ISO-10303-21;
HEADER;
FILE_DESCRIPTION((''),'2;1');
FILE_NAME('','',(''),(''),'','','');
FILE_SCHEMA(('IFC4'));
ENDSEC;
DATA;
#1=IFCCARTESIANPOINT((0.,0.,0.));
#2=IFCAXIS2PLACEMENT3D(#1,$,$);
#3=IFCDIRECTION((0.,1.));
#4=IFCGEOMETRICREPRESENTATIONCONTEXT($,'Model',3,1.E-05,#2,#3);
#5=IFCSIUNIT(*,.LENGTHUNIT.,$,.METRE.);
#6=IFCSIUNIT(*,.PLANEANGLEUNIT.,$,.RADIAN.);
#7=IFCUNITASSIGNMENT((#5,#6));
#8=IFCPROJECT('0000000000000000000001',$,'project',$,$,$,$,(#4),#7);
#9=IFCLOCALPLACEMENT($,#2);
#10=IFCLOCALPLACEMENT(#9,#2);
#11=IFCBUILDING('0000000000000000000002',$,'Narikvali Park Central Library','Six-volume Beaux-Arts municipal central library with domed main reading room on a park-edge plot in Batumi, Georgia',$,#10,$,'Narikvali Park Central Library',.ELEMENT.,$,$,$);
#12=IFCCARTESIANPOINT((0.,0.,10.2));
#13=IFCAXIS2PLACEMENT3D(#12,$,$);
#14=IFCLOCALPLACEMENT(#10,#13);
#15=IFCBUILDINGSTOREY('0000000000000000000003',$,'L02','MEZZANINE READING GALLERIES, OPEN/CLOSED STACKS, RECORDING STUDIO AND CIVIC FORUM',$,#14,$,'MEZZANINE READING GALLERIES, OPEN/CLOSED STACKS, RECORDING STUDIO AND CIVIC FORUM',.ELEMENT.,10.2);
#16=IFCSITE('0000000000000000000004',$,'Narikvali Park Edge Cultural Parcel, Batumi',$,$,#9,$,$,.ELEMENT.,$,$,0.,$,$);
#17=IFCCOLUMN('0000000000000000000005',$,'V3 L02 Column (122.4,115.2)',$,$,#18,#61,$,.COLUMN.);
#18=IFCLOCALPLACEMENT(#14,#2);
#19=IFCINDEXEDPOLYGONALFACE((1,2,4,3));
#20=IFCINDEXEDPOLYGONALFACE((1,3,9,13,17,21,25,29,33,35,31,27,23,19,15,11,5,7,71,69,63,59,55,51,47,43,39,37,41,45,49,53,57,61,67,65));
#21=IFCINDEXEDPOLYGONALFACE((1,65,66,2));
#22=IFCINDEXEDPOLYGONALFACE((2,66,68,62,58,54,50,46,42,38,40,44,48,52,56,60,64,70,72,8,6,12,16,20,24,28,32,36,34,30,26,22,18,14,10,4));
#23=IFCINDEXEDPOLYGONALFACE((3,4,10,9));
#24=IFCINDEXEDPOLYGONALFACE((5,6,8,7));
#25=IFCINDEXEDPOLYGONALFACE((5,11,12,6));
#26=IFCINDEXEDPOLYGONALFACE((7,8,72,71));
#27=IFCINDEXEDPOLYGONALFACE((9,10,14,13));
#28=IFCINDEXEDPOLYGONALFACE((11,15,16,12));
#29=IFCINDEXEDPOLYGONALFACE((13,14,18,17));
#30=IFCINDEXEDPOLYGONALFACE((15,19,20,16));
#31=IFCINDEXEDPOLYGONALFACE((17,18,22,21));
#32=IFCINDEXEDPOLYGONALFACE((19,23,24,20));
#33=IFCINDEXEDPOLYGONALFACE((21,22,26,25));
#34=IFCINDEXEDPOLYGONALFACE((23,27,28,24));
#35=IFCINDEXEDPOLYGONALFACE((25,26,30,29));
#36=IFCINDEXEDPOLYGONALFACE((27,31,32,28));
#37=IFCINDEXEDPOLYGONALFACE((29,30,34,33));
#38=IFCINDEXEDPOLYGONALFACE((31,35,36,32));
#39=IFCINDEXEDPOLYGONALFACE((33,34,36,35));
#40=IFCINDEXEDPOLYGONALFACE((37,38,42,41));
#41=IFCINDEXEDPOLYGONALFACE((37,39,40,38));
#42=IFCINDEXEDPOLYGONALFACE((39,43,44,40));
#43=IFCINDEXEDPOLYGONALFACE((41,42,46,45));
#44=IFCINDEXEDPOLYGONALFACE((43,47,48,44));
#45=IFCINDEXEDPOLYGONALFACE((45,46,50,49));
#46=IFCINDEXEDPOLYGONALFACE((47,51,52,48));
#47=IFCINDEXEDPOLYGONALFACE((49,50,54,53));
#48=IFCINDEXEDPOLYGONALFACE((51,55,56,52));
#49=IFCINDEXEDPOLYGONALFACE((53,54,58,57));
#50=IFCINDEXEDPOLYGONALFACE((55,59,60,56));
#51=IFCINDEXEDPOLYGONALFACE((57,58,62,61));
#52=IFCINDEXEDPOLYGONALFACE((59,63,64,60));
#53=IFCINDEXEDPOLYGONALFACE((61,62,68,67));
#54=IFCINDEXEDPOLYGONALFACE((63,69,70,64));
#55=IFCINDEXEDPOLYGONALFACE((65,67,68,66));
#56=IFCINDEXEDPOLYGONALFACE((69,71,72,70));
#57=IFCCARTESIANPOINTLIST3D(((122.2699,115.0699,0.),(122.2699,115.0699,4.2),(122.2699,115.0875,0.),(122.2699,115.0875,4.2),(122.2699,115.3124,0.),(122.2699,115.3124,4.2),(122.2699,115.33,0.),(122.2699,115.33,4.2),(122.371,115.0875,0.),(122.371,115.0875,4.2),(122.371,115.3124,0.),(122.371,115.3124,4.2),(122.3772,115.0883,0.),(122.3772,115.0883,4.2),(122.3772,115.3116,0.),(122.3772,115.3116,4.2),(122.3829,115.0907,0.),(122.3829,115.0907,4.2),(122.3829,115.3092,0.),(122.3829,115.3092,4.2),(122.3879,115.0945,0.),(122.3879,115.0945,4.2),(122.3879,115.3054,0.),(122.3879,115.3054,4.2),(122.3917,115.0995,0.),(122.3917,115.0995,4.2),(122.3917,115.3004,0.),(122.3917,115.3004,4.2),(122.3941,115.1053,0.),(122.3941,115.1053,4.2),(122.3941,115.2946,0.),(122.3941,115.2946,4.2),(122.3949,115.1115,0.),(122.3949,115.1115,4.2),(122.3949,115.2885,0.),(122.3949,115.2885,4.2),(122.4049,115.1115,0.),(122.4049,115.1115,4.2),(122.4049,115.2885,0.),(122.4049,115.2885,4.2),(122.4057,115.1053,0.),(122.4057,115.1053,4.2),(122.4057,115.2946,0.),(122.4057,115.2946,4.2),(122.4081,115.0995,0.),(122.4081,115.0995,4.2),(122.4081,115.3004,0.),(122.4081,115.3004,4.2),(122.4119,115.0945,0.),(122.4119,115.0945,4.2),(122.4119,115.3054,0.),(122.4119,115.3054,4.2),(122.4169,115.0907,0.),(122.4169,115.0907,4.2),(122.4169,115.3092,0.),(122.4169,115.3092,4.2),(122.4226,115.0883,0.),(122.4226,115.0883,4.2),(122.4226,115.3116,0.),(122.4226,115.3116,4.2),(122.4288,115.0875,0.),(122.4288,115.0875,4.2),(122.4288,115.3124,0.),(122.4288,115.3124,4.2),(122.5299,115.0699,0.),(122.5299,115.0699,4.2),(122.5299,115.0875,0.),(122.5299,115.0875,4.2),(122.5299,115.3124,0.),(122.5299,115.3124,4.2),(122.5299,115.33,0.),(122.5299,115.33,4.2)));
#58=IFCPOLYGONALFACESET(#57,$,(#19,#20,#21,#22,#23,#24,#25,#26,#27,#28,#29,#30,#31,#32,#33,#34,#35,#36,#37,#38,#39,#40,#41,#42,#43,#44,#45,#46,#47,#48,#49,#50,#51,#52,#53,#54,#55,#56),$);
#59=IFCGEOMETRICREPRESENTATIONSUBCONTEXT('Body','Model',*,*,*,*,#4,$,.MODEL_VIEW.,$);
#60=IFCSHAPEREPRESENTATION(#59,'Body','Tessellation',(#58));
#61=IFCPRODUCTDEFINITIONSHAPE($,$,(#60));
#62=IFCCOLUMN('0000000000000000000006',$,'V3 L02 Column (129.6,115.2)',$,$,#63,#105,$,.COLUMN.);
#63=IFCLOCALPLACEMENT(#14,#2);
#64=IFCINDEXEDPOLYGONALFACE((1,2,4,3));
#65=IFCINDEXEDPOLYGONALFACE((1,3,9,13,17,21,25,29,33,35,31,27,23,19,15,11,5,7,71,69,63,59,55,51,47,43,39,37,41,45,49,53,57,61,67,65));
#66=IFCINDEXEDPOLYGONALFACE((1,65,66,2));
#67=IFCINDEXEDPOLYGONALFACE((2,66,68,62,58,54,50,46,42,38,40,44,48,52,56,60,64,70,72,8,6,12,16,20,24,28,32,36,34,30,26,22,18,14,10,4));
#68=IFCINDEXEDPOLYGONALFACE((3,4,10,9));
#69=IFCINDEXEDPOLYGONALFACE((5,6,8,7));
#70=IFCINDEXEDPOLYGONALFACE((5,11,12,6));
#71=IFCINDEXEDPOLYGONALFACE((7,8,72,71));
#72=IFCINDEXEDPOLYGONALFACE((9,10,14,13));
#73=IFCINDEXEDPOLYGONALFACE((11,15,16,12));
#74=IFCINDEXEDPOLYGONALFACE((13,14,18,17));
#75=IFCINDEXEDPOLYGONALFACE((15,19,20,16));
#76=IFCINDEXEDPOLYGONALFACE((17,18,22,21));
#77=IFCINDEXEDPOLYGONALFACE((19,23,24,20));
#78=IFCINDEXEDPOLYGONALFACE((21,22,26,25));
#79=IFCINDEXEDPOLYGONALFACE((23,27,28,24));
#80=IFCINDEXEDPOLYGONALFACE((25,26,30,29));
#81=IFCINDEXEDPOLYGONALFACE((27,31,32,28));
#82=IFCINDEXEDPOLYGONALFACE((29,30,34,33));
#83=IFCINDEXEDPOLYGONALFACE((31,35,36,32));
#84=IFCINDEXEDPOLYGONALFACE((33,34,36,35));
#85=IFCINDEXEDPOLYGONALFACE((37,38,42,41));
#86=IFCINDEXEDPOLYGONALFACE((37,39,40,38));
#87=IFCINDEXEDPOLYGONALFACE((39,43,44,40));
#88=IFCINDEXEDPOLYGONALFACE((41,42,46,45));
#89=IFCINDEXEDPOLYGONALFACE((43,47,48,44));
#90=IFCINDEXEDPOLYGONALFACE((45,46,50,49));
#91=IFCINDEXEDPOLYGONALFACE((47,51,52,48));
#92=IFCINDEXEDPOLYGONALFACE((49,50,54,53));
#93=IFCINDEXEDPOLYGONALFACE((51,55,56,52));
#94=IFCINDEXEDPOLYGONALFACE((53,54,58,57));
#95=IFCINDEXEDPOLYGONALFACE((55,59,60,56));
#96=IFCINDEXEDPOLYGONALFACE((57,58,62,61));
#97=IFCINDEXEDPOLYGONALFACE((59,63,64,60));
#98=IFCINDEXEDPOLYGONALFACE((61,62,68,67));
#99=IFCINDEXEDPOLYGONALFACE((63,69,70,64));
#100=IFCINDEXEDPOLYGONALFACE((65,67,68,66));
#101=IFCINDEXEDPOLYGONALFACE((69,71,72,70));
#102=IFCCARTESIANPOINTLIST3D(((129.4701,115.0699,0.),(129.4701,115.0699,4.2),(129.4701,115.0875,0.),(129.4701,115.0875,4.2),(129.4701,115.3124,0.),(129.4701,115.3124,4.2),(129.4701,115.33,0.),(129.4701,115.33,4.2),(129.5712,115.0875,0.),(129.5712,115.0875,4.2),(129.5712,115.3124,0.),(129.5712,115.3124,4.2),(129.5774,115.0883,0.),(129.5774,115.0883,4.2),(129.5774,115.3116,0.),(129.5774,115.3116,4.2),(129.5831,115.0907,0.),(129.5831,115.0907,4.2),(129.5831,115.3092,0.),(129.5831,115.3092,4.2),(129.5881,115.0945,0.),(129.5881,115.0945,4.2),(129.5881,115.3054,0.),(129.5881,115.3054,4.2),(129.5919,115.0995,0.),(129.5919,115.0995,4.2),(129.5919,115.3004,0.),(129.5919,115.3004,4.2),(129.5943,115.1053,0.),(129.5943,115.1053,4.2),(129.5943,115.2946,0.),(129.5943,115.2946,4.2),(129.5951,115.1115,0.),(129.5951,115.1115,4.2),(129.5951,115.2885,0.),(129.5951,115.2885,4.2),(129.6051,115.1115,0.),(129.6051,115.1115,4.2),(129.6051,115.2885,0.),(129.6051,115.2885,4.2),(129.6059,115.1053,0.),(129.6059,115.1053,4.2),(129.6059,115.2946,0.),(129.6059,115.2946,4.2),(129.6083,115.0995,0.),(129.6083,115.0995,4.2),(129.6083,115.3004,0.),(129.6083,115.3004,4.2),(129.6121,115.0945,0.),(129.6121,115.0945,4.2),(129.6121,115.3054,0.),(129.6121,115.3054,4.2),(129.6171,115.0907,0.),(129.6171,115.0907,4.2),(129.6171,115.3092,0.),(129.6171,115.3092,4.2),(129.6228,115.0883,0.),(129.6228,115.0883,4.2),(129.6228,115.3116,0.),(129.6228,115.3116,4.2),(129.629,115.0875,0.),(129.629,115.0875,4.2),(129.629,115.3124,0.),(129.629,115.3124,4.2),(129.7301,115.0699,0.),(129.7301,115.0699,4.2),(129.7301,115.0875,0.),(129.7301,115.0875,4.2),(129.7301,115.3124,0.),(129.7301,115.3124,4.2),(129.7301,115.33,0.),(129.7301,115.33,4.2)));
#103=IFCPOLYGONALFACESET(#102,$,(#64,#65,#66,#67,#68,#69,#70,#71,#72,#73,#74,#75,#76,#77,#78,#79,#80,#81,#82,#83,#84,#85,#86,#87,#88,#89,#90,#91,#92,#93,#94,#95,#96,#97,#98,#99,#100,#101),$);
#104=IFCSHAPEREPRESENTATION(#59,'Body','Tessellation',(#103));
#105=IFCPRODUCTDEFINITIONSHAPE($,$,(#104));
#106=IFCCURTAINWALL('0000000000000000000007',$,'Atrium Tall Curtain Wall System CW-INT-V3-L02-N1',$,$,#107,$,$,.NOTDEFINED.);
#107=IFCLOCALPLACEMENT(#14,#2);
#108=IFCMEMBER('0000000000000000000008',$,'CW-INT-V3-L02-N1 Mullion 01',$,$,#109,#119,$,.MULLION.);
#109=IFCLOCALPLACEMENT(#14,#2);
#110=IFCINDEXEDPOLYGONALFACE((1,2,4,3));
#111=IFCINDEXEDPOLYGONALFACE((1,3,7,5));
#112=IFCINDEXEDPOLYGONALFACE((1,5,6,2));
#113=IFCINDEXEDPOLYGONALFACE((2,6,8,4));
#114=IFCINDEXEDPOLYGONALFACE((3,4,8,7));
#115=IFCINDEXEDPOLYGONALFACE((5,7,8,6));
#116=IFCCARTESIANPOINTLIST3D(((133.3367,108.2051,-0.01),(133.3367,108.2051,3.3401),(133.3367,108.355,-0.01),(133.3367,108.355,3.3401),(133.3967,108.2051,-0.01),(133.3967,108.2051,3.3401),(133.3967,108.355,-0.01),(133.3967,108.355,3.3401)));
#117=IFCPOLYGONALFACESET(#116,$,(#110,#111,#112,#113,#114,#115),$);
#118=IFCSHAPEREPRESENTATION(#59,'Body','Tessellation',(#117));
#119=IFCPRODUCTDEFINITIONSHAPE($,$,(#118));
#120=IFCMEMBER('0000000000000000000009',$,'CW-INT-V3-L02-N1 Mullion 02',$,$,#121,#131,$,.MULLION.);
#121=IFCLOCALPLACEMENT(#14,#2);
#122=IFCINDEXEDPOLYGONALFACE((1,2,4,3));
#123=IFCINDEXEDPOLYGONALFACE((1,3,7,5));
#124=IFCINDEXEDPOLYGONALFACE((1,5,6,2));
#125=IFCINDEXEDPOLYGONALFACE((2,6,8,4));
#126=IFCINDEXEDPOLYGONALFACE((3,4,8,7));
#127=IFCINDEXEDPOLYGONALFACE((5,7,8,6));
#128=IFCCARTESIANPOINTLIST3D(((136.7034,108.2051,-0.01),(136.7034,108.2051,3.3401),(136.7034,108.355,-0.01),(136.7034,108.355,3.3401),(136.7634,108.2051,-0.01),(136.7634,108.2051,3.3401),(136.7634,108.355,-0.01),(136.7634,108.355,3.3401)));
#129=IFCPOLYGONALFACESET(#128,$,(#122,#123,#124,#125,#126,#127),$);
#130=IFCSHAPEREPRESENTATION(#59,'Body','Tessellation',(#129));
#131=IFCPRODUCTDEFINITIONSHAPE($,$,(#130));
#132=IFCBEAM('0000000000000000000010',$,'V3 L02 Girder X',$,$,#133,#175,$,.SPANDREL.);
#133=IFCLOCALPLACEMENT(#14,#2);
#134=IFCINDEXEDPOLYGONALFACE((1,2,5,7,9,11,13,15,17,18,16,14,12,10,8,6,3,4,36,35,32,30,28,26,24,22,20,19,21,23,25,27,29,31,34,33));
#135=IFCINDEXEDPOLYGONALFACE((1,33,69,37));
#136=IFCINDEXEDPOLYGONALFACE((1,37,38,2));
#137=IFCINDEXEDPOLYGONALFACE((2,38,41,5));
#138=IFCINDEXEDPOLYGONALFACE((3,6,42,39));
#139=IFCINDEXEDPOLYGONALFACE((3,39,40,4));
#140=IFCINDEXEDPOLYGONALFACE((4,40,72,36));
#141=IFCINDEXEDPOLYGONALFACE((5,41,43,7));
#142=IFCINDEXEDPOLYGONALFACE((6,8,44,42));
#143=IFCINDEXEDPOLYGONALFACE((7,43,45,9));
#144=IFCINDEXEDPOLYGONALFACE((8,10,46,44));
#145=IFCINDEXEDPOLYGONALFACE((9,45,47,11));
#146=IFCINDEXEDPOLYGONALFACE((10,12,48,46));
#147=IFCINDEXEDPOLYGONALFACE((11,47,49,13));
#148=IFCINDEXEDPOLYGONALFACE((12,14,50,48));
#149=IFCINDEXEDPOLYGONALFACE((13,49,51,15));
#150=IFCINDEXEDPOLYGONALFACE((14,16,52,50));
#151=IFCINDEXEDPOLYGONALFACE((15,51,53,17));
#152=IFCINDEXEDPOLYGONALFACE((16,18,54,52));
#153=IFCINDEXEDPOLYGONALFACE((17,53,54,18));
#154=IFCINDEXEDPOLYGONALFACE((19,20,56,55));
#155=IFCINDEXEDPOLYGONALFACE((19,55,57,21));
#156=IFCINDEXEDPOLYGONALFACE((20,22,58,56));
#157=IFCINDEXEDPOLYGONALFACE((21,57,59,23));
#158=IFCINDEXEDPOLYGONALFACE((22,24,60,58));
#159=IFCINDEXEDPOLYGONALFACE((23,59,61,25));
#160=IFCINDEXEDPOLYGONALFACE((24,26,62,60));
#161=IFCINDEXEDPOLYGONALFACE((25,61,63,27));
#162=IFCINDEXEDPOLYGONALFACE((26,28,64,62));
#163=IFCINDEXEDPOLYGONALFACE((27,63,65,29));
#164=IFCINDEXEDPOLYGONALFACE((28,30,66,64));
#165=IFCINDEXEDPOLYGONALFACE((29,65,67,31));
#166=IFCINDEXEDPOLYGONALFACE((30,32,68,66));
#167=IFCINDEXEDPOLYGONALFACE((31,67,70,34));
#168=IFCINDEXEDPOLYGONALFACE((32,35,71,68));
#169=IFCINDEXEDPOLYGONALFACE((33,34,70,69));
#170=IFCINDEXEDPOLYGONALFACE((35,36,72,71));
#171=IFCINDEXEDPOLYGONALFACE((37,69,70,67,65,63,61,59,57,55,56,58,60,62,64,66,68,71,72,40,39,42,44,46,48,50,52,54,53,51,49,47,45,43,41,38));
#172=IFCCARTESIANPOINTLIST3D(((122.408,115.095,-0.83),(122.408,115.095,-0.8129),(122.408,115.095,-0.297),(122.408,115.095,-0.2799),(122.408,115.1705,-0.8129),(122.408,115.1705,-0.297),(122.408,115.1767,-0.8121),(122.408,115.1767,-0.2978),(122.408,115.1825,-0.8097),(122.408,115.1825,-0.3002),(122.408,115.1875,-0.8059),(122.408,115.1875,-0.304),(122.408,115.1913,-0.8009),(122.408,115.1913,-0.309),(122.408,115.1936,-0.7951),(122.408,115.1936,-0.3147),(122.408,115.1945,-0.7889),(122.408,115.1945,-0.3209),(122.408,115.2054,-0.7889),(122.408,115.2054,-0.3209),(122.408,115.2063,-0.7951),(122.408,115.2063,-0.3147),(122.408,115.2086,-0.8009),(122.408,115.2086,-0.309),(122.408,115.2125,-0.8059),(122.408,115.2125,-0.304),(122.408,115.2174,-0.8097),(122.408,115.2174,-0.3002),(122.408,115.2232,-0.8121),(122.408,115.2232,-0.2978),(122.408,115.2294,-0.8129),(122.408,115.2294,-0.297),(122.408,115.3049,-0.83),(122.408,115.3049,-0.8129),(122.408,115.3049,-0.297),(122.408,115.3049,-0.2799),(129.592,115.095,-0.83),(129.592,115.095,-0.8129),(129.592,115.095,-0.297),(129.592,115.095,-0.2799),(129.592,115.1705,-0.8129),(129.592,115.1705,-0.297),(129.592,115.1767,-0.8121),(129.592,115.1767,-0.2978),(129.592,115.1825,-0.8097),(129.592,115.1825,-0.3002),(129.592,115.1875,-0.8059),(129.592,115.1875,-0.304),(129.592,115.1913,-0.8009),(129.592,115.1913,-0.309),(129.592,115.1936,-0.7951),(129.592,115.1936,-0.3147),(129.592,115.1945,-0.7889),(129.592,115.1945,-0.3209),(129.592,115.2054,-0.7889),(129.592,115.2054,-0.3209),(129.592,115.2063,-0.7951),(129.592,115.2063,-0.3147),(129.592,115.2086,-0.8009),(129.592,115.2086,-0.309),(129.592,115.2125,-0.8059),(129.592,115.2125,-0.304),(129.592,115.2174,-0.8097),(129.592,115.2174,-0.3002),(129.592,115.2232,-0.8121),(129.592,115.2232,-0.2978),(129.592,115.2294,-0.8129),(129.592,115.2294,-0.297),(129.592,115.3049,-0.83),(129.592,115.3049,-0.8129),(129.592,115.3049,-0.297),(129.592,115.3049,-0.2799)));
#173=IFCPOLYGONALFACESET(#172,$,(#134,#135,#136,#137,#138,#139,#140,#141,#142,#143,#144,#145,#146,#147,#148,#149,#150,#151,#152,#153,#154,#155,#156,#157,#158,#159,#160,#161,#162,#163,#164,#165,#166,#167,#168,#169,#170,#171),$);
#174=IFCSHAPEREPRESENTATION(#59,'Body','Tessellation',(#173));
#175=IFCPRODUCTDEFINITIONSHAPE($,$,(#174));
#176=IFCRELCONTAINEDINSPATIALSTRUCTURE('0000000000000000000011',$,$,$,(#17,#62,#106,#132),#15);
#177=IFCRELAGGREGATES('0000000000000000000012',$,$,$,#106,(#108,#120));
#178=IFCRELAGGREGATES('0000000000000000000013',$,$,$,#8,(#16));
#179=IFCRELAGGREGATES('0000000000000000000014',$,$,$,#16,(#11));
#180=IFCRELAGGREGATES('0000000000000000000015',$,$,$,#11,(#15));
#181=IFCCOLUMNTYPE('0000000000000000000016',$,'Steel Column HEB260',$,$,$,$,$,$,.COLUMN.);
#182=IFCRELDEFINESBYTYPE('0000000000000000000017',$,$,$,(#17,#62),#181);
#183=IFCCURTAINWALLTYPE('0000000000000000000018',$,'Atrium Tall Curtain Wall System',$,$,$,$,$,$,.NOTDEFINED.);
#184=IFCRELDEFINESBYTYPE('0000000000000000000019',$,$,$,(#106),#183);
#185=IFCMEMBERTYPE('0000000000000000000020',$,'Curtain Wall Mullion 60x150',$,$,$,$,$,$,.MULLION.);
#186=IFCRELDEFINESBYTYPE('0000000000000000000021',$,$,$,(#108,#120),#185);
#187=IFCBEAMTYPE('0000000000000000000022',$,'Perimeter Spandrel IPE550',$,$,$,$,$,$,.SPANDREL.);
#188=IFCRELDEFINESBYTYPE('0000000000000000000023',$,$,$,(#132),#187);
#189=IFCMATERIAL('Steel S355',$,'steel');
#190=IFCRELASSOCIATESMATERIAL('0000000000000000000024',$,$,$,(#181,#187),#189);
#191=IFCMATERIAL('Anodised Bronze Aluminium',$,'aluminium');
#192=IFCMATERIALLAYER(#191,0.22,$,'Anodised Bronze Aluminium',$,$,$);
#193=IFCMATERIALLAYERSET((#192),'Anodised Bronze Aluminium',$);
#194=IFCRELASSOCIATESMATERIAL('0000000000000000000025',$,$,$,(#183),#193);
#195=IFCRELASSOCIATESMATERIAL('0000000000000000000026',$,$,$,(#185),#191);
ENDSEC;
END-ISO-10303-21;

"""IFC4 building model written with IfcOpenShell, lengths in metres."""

from ifc_helpers import new_model, si_unit, direction, frame, origin, origin_2d, place, context, subcontext, project, spatial, rectangle, i_section, extrude, material, layer, layer_set, material_profile, profile_set, type_object, element, aggregate, save


model = new_model("IFC4")

# Units and contexts
model_context = context("Model", 3, precision=1e-05, world=origin(), true_north=direction((0.0, 1.0)))
body_context = subcontext(model_context, "Body", "Model", "MODEL_VIEW")
ifc_project = project(units=[si_unit("LENGTHUNIT", "METRE"), si_unit("PLANEANGLEUNIT", "RADIAN")], contexts=[model_context])

# Site, building, storey
site_placement = place(None, origin())
site = spatial("IfcSite", under=ifc_project, at=site_placement, Name="Narikvali Park Edge Cultural Parcel, Batumi", CompositionType="ELEMENT", RefElevation=0.0)
building_placement = place(site_placement, origin())
building = spatial("IfcBuilding", under=site, at=building_placement, Name="Narikvali Park Central Library", Description="Six-volume Beaux-Arts municipal central library with domed main reading room on a park-edge plot in Batumi, Georgia", LongName="Narikvali Park Central Library", CompositionType="ELEMENT")
storey_placement = place(building_placement, frame((0.0, 0.0, 10.2)))
storey = spatial("IfcBuildingStorey", under=building, at=storey_placement, Name="L02", Description="MEZZANINE READING GALLERIES, OPEN/CLOSED STACKS, RECORDING STUDIO AND CIVIC FORUM", LongName="MEZZANINE READING GALLERIES, OPEN/CLOSED STACKS, RECORDING STUDIO AND CIVIC FORUM", CompositionType="ELEMENT", Elevation=10.2)

# Columns
ifc_material_1 = material(Name="Steel S355", Category="steel")
ifc_material_profile_1 = material_profile(ifc_material_1, i_section(OverallWidth=0.26, OverallDepth=0.26, WebThickness=0.01, FlangeThickness=0.0176, FilletRadius=0.0239, at=origin_2d()), Name="HEB 260")
ifc_profile_set_1 = profile_set([ifc_material_profile_1], Name="Steel S355")
column_type = type_object("IfcColumnType", Name="Steel Column HEB260", PredefinedType="COLUMN", material=ifc_profile_set_1)
for number, where, z_axis, x_axis, name in (
    (1, (122.3999, 115.2, 0.0), (0.0, 0.0, 1.0), (1.0, 0.0, 0.0), "V3 L02 Column (122.4,115.2)"),
    (2, (129.6001, 115.2, 0.0), (0.0, 0.0, 1.0), (1.0, 0.0, 0.0), "V3 L02 Column (129.6,115.2)"),
):
    element("IfcColumn", number, at=place(storey_placement, frame(where, z_axis=z_axis, x_axis=x_axis)), inside=storey, type_object=column_type, Name=name, PredefinedType="COLUMN", context=body_context, shape_type="SweptSolid", body=[
        extrude(i_section(OverallWidth=0.26, OverallDepth=0.26, WebThickness=0.01, FlangeThickness=0.0176, FilletRadius=0.0239, at=origin_2d()), origin(), (0.0, 0.0, 1.0), 4.2),
    ])

# Curtain wall, members
ifc_material_2 = material(Name="Anodised Bronze Aluminium", Category="aluminium")
ifc_layer_1 = layer(ifc_material_2, 0.22, Name="Anodised Bronze Aluminium")
ifc_layer_set_1 = layer_set([ifc_layer_1], Name="Anodised Bronze Aluminium")
curtain_wall_type = type_object("IfcCurtainWallType", Name="Atrium Tall Curtain Wall System", PredefinedType="NOTDEFINED", material=ifc_layer_set_1)
curtain_wall_placement = place(storey_placement, origin())
curtain_wall = element("IfcCurtainWall", 3, at=curtain_wall_placement, inside=storey, type_object=curtain_wall_type, Name="Atrium Tall Curtain Wall System CW-INT-V3-L02-N1", PredefinedType="NOTDEFINED")
ifc_material_profile_2 = material_profile(ifc_material_2, rectangle(XDim=0.0601, YDim=0.1499, at=origin_2d()), Name="CW MULLION 60x150")
ifc_profile_set_2 = profile_set([ifc_material_profile_2], Name="Anodised Bronze Aluminium")
member_type = type_object("IfcMemberType", Name="Curtain Wall Mullion 60x150", PredefinedType="MULLION", material=ifc_profile_set_2)
member_1_placement = place(storey_placement, frame((133.3667, 108.28, -0.01), z_axis=(0.0, 0.0, 1.0), x_axis=(1.0, 0.0, 0.0)))
member_1 = element("IfcMember", 4, at=member_1_placement, type_object=member_type, Name="CW-INT-V3-L02-N1 Mullion 01", PredefinedType="MULLION", context=body_context, shape_type="SweptSolid", body=[
    extrude(rectangle(XDim=0.0601, YDim=0.1499, at=origin_2d()), origin(), (0.0, 0.0, 1.0), 3.3501),
])
member_2_placement = place(storey_placement, frame((136.7334, 108.28, -0.01), z_axis=(0.0, 0.0, 1.0), x_axis=(1.0, 0.0, 0.0)))
member_2 = element("IfcMember", 5, at=member_2_placement, type_object=member_type, Name="CW-INT-V3-L02-N1 Mullion 02", PredefinedType="MULLION", context=body_context, shape_type="SweptSolid", body=[
    extrude(rectangle(XDim=0.0601, YDim=0.1499, at=origin_2d()), origin(), (0.0, 0.0, 1.0), 3.3501),
])

# Beam
ifc_material_profile_3 = material_profile(ifc_material_1, i_section(OverallWidth=0.21, OverallDepth=0.55, WebThickness=0.011, FlangeThickness=0.0171, FilletRadius=0.0239, at=origin_2d()), Name="IPE 550")
ifc_profile_set_3 = profile_set([ifc_material_profile_3], Name="Steel S355")
beam_type = type_object("IfcBeamType", Name="Perimeter Spandrel IPE550", PredefinedType="SPANDREL", material=ifc_profile_set_3)
for number, where, z_axis, x_axis, name in (
    (6, (122.408, 115.2, -0.5549), (1.0, 0.0, 0.0), (0.0, 1.0, 0.0), "V3 L02 Girder X"),
):
    element("IfcBeam", number, at=place(storey_placement, frame(where, z_axis=z_axis, x_axis=x_axis)), inside=storey, type_object=beam_type, Name=name, PredefinedType="SPANDREL", context=body_context, shape_type="SweptSolid", body=[
        extrude(i_section(OverallWidth=0.21, OverallDepth=0.55, WebThickness=0.011, FlangeThickness=0.0171, FilletRadius=0.0239, at=origin_2d()), origin(), (0.0, 0.0, 1.0), 7.1841),
    ])

aggregate(curtain_wall, [member_1, member_2])

save(model, "model.ifc")
